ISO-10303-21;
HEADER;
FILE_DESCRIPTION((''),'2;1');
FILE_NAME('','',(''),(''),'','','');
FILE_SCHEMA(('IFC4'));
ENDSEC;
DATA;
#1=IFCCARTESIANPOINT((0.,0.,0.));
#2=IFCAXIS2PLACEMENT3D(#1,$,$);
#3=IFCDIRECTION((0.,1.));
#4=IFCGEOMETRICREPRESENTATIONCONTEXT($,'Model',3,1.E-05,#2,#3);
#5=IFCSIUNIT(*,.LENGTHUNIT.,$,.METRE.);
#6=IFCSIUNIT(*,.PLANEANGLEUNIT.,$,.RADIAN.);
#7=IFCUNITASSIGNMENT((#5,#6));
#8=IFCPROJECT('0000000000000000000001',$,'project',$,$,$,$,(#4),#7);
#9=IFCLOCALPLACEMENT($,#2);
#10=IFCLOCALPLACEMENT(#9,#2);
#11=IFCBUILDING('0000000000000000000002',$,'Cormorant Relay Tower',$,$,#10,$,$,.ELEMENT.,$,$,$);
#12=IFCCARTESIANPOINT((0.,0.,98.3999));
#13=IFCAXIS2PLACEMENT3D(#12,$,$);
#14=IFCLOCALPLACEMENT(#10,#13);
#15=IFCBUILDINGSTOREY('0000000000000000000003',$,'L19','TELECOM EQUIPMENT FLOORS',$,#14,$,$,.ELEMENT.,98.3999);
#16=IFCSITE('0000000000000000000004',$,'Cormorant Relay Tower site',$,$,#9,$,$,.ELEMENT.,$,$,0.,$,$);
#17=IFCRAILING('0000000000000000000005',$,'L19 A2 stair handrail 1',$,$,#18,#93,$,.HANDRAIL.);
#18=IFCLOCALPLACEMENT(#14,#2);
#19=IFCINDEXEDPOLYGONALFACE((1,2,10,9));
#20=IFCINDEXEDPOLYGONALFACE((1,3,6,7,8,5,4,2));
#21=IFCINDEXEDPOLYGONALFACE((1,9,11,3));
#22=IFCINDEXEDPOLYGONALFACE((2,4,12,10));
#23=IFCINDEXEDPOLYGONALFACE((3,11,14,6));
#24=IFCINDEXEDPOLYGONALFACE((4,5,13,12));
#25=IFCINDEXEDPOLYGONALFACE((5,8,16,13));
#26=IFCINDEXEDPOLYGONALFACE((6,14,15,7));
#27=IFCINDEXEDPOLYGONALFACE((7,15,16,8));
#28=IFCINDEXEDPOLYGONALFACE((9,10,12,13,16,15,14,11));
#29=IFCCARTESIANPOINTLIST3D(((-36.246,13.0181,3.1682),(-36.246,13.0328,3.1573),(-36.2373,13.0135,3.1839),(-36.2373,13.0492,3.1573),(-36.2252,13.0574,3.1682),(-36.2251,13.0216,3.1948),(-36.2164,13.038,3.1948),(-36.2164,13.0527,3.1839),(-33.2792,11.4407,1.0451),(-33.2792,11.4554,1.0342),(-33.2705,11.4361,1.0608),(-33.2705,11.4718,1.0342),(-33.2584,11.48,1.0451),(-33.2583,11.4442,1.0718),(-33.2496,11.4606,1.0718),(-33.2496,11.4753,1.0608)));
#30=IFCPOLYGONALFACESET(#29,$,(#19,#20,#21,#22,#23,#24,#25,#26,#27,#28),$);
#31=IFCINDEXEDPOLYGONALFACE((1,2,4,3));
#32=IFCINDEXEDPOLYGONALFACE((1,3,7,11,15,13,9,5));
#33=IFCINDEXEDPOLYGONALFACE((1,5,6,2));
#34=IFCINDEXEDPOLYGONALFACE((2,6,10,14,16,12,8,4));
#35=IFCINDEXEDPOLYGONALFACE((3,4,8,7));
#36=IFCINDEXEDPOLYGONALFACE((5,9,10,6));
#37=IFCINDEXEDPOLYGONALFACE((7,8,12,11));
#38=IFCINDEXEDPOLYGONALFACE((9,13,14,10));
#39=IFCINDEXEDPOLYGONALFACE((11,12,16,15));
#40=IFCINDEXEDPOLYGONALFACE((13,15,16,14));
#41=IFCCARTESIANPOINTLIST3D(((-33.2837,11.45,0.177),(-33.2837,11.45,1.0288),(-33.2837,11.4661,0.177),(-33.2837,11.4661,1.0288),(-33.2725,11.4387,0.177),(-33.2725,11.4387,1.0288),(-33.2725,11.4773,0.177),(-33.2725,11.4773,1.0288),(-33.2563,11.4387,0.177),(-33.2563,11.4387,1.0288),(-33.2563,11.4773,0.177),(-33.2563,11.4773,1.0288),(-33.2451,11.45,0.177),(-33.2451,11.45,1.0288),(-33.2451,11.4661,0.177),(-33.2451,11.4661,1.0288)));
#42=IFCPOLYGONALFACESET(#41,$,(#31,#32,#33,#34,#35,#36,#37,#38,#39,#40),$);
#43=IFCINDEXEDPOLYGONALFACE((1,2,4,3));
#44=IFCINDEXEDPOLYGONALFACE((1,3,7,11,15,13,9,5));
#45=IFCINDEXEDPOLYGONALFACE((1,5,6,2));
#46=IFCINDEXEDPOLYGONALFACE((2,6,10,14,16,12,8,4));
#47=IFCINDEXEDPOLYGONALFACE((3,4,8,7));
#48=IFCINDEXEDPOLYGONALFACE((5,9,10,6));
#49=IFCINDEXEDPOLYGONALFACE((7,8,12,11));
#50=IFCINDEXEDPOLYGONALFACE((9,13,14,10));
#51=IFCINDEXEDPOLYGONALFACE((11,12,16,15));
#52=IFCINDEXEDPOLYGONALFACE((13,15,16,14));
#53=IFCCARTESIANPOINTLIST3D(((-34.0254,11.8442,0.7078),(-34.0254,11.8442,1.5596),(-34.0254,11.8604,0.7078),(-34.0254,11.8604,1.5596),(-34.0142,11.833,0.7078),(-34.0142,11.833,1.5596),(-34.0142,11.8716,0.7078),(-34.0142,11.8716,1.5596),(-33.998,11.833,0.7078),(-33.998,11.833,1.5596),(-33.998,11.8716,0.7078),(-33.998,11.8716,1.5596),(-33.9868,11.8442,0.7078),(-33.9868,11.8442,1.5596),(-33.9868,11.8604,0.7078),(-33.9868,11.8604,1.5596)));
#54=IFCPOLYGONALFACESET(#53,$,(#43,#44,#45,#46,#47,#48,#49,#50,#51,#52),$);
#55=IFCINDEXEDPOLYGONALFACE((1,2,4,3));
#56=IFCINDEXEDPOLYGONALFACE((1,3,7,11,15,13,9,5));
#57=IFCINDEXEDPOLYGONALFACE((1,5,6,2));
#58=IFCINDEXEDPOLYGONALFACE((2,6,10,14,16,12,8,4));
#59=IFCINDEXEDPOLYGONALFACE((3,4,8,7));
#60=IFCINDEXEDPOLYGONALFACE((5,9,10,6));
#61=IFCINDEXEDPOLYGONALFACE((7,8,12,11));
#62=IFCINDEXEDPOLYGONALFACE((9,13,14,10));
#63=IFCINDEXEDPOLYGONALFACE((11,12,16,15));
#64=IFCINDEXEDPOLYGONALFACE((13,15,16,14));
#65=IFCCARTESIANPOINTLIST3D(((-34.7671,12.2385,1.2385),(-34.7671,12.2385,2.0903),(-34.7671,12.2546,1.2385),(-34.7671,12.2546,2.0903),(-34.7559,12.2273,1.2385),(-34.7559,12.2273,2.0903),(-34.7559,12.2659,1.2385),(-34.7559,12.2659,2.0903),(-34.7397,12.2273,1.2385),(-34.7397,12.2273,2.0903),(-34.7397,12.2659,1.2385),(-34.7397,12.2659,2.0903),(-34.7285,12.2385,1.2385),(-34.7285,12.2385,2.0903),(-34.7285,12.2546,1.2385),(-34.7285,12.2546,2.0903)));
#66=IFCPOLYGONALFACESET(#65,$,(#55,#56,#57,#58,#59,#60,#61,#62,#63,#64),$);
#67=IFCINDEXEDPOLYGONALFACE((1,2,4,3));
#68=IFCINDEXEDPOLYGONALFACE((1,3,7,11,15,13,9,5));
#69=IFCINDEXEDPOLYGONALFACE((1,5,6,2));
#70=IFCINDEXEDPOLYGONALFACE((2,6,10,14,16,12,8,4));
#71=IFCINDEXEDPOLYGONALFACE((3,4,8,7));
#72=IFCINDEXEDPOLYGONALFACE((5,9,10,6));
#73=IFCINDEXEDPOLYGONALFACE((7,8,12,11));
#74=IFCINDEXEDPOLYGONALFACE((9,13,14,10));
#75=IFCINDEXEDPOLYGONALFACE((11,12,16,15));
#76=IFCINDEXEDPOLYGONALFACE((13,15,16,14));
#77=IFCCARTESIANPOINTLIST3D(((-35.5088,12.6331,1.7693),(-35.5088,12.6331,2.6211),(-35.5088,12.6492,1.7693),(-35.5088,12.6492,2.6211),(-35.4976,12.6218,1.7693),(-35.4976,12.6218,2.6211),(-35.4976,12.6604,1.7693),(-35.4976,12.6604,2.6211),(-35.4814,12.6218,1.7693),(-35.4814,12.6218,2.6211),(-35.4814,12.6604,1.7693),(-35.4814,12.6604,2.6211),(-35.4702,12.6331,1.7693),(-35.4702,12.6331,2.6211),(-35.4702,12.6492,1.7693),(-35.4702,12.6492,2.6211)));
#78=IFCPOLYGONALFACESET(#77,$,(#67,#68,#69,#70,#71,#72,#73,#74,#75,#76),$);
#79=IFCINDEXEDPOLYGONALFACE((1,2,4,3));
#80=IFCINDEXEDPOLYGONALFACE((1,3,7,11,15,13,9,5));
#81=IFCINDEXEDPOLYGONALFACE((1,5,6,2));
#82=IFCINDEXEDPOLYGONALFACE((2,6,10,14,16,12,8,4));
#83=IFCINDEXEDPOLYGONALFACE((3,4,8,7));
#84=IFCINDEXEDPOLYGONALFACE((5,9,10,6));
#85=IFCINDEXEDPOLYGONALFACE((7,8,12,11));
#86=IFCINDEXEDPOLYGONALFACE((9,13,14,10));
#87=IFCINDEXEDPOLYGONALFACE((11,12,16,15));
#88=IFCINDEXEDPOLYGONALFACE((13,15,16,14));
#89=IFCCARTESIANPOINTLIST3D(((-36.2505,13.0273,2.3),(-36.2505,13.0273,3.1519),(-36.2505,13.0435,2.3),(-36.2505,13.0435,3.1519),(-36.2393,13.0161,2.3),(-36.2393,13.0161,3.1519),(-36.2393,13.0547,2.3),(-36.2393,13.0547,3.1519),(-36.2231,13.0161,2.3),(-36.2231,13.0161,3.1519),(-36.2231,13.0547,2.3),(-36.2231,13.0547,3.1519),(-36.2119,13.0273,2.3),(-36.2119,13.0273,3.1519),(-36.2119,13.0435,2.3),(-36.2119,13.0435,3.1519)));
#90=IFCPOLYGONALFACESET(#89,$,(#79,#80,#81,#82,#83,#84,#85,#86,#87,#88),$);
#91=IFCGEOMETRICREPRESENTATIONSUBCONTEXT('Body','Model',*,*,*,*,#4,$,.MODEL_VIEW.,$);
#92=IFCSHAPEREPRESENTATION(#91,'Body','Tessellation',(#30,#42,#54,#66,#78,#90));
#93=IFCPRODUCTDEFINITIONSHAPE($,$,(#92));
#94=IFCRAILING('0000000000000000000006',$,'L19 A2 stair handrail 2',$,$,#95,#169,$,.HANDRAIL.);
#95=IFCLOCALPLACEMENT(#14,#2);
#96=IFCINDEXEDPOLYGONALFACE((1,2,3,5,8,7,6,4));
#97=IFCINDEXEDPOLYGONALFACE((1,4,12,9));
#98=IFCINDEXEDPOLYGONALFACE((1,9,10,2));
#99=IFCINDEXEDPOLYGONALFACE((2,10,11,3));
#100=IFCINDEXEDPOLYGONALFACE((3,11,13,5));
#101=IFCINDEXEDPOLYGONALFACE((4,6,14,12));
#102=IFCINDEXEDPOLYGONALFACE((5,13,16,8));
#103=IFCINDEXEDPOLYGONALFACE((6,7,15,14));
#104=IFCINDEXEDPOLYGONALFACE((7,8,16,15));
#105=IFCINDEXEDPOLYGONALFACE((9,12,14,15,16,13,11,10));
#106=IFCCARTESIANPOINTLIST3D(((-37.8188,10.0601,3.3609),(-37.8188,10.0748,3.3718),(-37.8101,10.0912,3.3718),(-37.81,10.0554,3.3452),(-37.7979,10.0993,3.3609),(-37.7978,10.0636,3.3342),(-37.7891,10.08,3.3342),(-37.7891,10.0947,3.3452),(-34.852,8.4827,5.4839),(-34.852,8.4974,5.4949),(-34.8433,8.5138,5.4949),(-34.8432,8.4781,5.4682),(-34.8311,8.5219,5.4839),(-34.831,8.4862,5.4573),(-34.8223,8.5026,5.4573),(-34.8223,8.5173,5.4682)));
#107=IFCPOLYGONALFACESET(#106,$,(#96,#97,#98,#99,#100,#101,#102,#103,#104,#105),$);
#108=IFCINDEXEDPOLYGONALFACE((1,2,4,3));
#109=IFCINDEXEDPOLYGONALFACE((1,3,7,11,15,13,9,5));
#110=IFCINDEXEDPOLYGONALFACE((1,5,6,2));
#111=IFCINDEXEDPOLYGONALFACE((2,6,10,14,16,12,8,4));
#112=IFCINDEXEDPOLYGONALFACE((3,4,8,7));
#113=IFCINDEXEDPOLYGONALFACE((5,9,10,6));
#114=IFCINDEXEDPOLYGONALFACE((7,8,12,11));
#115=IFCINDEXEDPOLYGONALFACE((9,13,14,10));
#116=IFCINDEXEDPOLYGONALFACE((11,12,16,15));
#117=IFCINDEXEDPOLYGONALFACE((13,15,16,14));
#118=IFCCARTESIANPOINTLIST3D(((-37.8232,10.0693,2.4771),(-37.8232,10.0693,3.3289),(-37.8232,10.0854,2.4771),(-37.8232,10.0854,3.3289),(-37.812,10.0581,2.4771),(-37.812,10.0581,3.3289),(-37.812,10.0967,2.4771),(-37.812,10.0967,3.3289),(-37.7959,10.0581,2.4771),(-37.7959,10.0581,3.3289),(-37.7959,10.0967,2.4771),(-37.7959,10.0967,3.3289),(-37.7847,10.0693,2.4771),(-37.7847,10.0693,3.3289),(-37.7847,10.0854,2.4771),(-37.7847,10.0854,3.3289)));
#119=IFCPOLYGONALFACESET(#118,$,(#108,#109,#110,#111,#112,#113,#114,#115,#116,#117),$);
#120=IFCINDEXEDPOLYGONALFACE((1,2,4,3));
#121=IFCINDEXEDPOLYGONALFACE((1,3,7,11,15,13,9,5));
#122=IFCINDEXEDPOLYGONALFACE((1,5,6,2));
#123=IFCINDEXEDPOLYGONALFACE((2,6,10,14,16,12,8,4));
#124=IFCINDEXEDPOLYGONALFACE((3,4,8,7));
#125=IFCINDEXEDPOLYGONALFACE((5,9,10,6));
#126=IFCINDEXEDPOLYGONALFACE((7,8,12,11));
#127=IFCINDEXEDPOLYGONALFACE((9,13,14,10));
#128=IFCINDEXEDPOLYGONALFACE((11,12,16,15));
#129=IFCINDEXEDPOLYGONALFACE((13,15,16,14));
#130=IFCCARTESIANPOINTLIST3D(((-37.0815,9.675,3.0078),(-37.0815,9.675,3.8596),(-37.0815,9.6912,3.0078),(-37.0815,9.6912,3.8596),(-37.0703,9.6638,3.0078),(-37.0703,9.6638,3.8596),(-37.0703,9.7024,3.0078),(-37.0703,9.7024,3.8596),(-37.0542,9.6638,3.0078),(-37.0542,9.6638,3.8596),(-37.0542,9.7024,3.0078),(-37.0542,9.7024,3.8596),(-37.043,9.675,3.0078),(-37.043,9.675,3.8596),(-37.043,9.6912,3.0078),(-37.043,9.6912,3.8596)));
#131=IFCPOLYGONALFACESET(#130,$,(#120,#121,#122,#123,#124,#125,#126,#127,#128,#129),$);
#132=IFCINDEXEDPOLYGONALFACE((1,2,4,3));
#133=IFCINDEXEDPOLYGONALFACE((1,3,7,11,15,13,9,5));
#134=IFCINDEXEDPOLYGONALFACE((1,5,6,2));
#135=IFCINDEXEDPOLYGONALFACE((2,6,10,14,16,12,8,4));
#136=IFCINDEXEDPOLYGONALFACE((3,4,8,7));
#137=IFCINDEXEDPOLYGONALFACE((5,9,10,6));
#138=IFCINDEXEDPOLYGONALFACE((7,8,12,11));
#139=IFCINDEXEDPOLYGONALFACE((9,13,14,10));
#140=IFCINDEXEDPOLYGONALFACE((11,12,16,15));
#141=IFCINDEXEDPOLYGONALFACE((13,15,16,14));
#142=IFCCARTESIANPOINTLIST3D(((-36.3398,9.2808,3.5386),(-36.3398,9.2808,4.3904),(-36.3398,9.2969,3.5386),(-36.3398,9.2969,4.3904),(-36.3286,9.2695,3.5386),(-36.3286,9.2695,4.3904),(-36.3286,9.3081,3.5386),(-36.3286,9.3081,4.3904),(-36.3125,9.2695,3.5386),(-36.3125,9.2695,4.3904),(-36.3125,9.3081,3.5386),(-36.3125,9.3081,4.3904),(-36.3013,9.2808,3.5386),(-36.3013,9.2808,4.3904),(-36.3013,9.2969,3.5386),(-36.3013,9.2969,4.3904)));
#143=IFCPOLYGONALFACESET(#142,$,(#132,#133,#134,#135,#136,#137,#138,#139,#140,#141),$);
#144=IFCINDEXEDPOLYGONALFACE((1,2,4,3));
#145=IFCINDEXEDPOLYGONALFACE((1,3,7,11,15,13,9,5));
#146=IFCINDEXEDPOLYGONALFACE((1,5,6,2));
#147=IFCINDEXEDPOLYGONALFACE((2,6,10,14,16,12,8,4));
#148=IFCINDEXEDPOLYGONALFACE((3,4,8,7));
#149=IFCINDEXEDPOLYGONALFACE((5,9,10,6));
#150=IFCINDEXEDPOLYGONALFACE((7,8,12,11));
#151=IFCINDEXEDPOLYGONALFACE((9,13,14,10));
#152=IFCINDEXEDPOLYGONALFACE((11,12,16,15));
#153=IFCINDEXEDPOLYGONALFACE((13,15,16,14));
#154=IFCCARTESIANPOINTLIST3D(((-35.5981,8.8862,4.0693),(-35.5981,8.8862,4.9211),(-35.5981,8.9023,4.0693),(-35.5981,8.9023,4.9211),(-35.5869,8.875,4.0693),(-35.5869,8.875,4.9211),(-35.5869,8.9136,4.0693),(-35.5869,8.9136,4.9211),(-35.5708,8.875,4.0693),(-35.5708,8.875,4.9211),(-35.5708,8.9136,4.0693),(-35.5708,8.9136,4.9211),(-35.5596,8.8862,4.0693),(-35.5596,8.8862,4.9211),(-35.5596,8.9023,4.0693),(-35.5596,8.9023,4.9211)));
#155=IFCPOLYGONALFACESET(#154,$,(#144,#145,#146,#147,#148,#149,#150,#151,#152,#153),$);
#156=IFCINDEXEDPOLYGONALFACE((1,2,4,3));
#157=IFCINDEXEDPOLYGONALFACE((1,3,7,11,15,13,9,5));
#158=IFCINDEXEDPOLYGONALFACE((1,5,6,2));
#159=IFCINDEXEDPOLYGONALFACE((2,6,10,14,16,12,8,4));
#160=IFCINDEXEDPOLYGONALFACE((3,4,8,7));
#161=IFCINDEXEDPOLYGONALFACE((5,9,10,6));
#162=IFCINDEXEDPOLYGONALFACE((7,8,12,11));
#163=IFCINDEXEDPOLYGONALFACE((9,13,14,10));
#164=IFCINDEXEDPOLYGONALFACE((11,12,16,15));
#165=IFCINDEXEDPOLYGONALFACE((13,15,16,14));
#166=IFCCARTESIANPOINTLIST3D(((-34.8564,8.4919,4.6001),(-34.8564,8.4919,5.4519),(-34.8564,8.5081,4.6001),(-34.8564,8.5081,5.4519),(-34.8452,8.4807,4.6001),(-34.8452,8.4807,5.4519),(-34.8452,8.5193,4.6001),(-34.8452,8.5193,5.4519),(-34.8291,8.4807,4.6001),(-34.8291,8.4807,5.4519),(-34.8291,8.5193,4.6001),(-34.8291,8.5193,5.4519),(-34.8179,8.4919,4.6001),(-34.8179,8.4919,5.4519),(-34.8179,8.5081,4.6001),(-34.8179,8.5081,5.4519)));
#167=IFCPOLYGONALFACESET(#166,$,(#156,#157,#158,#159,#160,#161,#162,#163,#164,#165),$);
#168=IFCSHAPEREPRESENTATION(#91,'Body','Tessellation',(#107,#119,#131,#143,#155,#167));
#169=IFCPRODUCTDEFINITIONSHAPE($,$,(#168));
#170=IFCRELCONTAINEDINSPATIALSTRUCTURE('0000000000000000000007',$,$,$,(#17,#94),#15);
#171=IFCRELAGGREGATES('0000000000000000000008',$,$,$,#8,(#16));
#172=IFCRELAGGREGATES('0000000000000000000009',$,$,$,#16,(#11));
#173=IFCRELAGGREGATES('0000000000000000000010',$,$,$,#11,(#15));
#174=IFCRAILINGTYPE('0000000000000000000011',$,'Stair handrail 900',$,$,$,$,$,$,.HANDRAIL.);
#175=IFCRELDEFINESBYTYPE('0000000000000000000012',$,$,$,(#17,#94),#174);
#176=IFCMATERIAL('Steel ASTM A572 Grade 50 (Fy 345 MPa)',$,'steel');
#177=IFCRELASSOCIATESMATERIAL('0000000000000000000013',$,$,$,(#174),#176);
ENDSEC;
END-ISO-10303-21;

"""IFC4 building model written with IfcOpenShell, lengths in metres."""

from ifc_helpers import new_model, si_unit, direction, frame, origin, place, context, subcontext, project, spatial, polyline, outline, extrude, material, type_object, element, save


model = new_model("IFC4")

# Units and contexts
model_context = context("Model", 3, precision=1e-05, world=origin(), true_north=direction((0.0, 1.0)))
body_context = subcontext(model_context, "Body", "Model", "MODEL_VIEW")
ifc_project = project(units=[si_unit("LENGTHUNIT", "METRE"), si_unit("PLANEANGLEUNIT", "RADIAN")], contexts=[model_context])

# Site, building, storey
site_placement = place(None, origin())
site = spatial("IfcSite", under=ifc_project, at=site_placement, Name="Cormorant Relay Tower site", CompositionType="ELEMENT", RefElevation=0.0)
building_placement = place(site_placement, origin())
building = spatial("IfcBuilding", under=site, at=building_placement, Name="Cormorant Relay Tower", CompositionType="ELEMENT")
storey_placement = place(building_placement, frame((0.0, 0.0, 98.3999)))
storey = spatial("IfcBuildingStorey", under=building, at=storey_placement, Name="L19", Description="TELECOM EQUIPMENT FLOORS", CompositionType="ELEMENT", Elevation=98.3999)

# Railings
ifc_material_1 = material(Name="Steel ASTM A572 Grade 50 (Fy 345 MPa)", Category="steel")
railing_type_1 = type_object("IfcRailingType", Name="Stair handrail 900", PredefinedType="HANDRAIL", material=ifc_material_1)
railing_1_placement = place(storey_placement, frame((-33.2644, 11.458, 0.177)))
element("IfcRailing", 1, at=railing_1_placement, inside=storey, type_object=railing_type_1, Name="L19 A2 stair handrail 1", PredefinedType="HANDRAIL", context=body_context, shape_type="SweptSolid", body=[
    extrude(outline(polyline([(0.0222, 0.0093), (0.0093, 0.0222), (-0.0093, 0.0222), (-0.0222, 0.0093), (-0.0222, -0.0093), (-0.0093, -0.0222), (0.0093, -0.0222), (0.0222, -0.0093), (0.0222, 0.0093)])), frame((0.0, 0.0, 0.876), z_axis=(-0.746441, 0.396869, 0.534155), x_axis=(-0.469453, -0.882958, 0.0)), (0.0, 0.0, 1.0), 3.9746),
    extrude(outline(polyline([(0.0193, 0.0081), (0.0081, 0.0193), (-0.0081, 0.0193), (-0.0193, 0.0081), (-0.0193, -0.0081), (-0.0081, -0.0193), (0.0081, -0.0193), (0.0193, -0.0081), (0.0193, 0.0081)])), origin(), (0.0, 0.0, 1.0), 0.8518),
    extrude(outline(polyline([(0.0193, 0.0081), (0.0081, 0.0193), (-0.0081, 0.0193), (-0.0193, 0.0081), (-0.0193, -0.0081), (-0.0081, -0.0193), (0.0081, -0.0193), (0.0193, -0.0081), (0.0193, 0.0081)])), frame((-0.7417, 0.3943, 0.5308)), (0.0, 0.0, 1.0), 0.8518),
    extrude(outline(polyline([(0.0193, 0.0081), (0.0081, 0.0193), (-0.0081, 0.0193), (-0.0193, 0.0081), (-0.0193, -0.0081), (-0.0081, -0.0193), (0.0081, -0.0193), (0.0193, -0.0081), (0.0193, 0.0081)])), frame((-1.4834, 0.7886, 1.0615)), (0.0, 0.0, 1.0), 0.8518),
    extrude(outline(polyline([(0.0193, 0.0081), (0.0081, 0.0193), (-0.0081, 0.0193), (-0.0193, 0.0081), (-0.0193, -0.0081), (-0.0081, -0.0193), (0.0081, -0.0193), (0.0193, -0.0081), (0.0193, 0.0081)])), frame((-2.2251, 1.1831, 1.5923)), (0.0, 0.0, 1.0), 0.8518),
    extrude(outline(polyline([(0.0193, 0.0081), (0.0081, 0.0193), (-0.0081, 0.0193), (-0.0193, 0.0081), (-0.0193, -0.0081), (-0.0081, -0.0193), (0.0081, -0.0193), (0.0193, -0.0081), (0.0193, 0.0081)])), frame((-2.9668, 1.5774, 2.123)), (0.0, 0.0, 1.0), 0.8518),
])
railing_2_placement = place(storey_placement, frame((-37.804, 10.0774, 2.4771)))
element("IfcRailing", 2, at=railing_2_placement, inside=storey, type_object=railing_type_1, Name="L19 A2 stair handrail 2", PredefinedType="HANDRAIL", context=body_context, shape_type="SweptSolid", body=[
    extrude(outline(polyline([(0.0222, 0.0093), (0.0093, 0.0222), (-0.0093, 0.0222), (-0.0222, 0.0093), (-0.0222, -0.0093), (-0.0093, -0.0222), (0.0093, -0.0222), (0.0222, -0.0093), (0.0222, 0.0093)])), frame((0.0, 0.0, 0.876), z_axis=(0.746441, -0.396869, 0.534155), x_axis=(0.469453, 0.882958, 0.0)), (0.0, 0.0, 1.0), 3.9746),
    extrude(outline(polyline([(0.0193, 0.0081), (0.0081, 0.0193), (-0.0081, 0.0193), (-0.0193, 0.0081), (-0.0193, -0.0081), (-0.0081, -0.0193), (0.0081, -0.0193), (0.0193, -0.0081), (0.0193, 0.0081)])), origin(), (0.0, 0.0, 1.0), 0.8518),
    extrude(outline(polyline([(0.0193, 0.0081), (0.0081, 0.0193), (-0.0081, 0.0193), (-0.0193, 0.0081), (-0.0193, -0.0081), (-0.0081, -0.0193), (0.0081, -0.0193), (0.0193, -0.0081), (0.0193, 0.0081)])), frame((0.7417, -0.3943, 0.5308)), (0.0, 0.0, 1.0), 0.8518),
    extrude(outline(polyline([(0.0193, 0.0081), (0.0081, 0.0193), (-0.0081, 0.0193), (-0.0193, 0.0081), (-0.0193, -0.0081), (-0.0081, -0.0193), (0.0081, -0.0193), (0.0193, -0.0081), (0.0193, 0.0081)])), frame((1.4834, -0.7886, 1.0615)), (0.0, 0.0, 1.0), 0.8518),
    extrude(outline(polyline([(0.0193, 0.0081), (0.0081, 0.0193), (-0.0081, 0.0193), (-0.0193, 0.0081), (-0.0193, -0.0081), (-0.0081, -0.0193), (0.0081, -0.0193), (0.0193, -0.0081), (0.0193, 0.0081)])), frame((2.2251, -1.1831, 1.5923)), (0.0, 0.0, 1.0), 0.8518),
    extrude(outline(polyline([(0.0193, 0.0081), (0.0081, 0.0193), (-0.0081, 0.0193), (-0.0193, 0.0081), (-0.0193, -0.0081), (-0.0081, -0.0193), (0.0081, -0.0193), (0.0193, -0.0081), (0.0193, 0.0081)])), frame((2.9668, -1.5774, 2.123)), (0.0, 0.0, 1.0), 0.8518),
])

save(model, "model.ifc")
